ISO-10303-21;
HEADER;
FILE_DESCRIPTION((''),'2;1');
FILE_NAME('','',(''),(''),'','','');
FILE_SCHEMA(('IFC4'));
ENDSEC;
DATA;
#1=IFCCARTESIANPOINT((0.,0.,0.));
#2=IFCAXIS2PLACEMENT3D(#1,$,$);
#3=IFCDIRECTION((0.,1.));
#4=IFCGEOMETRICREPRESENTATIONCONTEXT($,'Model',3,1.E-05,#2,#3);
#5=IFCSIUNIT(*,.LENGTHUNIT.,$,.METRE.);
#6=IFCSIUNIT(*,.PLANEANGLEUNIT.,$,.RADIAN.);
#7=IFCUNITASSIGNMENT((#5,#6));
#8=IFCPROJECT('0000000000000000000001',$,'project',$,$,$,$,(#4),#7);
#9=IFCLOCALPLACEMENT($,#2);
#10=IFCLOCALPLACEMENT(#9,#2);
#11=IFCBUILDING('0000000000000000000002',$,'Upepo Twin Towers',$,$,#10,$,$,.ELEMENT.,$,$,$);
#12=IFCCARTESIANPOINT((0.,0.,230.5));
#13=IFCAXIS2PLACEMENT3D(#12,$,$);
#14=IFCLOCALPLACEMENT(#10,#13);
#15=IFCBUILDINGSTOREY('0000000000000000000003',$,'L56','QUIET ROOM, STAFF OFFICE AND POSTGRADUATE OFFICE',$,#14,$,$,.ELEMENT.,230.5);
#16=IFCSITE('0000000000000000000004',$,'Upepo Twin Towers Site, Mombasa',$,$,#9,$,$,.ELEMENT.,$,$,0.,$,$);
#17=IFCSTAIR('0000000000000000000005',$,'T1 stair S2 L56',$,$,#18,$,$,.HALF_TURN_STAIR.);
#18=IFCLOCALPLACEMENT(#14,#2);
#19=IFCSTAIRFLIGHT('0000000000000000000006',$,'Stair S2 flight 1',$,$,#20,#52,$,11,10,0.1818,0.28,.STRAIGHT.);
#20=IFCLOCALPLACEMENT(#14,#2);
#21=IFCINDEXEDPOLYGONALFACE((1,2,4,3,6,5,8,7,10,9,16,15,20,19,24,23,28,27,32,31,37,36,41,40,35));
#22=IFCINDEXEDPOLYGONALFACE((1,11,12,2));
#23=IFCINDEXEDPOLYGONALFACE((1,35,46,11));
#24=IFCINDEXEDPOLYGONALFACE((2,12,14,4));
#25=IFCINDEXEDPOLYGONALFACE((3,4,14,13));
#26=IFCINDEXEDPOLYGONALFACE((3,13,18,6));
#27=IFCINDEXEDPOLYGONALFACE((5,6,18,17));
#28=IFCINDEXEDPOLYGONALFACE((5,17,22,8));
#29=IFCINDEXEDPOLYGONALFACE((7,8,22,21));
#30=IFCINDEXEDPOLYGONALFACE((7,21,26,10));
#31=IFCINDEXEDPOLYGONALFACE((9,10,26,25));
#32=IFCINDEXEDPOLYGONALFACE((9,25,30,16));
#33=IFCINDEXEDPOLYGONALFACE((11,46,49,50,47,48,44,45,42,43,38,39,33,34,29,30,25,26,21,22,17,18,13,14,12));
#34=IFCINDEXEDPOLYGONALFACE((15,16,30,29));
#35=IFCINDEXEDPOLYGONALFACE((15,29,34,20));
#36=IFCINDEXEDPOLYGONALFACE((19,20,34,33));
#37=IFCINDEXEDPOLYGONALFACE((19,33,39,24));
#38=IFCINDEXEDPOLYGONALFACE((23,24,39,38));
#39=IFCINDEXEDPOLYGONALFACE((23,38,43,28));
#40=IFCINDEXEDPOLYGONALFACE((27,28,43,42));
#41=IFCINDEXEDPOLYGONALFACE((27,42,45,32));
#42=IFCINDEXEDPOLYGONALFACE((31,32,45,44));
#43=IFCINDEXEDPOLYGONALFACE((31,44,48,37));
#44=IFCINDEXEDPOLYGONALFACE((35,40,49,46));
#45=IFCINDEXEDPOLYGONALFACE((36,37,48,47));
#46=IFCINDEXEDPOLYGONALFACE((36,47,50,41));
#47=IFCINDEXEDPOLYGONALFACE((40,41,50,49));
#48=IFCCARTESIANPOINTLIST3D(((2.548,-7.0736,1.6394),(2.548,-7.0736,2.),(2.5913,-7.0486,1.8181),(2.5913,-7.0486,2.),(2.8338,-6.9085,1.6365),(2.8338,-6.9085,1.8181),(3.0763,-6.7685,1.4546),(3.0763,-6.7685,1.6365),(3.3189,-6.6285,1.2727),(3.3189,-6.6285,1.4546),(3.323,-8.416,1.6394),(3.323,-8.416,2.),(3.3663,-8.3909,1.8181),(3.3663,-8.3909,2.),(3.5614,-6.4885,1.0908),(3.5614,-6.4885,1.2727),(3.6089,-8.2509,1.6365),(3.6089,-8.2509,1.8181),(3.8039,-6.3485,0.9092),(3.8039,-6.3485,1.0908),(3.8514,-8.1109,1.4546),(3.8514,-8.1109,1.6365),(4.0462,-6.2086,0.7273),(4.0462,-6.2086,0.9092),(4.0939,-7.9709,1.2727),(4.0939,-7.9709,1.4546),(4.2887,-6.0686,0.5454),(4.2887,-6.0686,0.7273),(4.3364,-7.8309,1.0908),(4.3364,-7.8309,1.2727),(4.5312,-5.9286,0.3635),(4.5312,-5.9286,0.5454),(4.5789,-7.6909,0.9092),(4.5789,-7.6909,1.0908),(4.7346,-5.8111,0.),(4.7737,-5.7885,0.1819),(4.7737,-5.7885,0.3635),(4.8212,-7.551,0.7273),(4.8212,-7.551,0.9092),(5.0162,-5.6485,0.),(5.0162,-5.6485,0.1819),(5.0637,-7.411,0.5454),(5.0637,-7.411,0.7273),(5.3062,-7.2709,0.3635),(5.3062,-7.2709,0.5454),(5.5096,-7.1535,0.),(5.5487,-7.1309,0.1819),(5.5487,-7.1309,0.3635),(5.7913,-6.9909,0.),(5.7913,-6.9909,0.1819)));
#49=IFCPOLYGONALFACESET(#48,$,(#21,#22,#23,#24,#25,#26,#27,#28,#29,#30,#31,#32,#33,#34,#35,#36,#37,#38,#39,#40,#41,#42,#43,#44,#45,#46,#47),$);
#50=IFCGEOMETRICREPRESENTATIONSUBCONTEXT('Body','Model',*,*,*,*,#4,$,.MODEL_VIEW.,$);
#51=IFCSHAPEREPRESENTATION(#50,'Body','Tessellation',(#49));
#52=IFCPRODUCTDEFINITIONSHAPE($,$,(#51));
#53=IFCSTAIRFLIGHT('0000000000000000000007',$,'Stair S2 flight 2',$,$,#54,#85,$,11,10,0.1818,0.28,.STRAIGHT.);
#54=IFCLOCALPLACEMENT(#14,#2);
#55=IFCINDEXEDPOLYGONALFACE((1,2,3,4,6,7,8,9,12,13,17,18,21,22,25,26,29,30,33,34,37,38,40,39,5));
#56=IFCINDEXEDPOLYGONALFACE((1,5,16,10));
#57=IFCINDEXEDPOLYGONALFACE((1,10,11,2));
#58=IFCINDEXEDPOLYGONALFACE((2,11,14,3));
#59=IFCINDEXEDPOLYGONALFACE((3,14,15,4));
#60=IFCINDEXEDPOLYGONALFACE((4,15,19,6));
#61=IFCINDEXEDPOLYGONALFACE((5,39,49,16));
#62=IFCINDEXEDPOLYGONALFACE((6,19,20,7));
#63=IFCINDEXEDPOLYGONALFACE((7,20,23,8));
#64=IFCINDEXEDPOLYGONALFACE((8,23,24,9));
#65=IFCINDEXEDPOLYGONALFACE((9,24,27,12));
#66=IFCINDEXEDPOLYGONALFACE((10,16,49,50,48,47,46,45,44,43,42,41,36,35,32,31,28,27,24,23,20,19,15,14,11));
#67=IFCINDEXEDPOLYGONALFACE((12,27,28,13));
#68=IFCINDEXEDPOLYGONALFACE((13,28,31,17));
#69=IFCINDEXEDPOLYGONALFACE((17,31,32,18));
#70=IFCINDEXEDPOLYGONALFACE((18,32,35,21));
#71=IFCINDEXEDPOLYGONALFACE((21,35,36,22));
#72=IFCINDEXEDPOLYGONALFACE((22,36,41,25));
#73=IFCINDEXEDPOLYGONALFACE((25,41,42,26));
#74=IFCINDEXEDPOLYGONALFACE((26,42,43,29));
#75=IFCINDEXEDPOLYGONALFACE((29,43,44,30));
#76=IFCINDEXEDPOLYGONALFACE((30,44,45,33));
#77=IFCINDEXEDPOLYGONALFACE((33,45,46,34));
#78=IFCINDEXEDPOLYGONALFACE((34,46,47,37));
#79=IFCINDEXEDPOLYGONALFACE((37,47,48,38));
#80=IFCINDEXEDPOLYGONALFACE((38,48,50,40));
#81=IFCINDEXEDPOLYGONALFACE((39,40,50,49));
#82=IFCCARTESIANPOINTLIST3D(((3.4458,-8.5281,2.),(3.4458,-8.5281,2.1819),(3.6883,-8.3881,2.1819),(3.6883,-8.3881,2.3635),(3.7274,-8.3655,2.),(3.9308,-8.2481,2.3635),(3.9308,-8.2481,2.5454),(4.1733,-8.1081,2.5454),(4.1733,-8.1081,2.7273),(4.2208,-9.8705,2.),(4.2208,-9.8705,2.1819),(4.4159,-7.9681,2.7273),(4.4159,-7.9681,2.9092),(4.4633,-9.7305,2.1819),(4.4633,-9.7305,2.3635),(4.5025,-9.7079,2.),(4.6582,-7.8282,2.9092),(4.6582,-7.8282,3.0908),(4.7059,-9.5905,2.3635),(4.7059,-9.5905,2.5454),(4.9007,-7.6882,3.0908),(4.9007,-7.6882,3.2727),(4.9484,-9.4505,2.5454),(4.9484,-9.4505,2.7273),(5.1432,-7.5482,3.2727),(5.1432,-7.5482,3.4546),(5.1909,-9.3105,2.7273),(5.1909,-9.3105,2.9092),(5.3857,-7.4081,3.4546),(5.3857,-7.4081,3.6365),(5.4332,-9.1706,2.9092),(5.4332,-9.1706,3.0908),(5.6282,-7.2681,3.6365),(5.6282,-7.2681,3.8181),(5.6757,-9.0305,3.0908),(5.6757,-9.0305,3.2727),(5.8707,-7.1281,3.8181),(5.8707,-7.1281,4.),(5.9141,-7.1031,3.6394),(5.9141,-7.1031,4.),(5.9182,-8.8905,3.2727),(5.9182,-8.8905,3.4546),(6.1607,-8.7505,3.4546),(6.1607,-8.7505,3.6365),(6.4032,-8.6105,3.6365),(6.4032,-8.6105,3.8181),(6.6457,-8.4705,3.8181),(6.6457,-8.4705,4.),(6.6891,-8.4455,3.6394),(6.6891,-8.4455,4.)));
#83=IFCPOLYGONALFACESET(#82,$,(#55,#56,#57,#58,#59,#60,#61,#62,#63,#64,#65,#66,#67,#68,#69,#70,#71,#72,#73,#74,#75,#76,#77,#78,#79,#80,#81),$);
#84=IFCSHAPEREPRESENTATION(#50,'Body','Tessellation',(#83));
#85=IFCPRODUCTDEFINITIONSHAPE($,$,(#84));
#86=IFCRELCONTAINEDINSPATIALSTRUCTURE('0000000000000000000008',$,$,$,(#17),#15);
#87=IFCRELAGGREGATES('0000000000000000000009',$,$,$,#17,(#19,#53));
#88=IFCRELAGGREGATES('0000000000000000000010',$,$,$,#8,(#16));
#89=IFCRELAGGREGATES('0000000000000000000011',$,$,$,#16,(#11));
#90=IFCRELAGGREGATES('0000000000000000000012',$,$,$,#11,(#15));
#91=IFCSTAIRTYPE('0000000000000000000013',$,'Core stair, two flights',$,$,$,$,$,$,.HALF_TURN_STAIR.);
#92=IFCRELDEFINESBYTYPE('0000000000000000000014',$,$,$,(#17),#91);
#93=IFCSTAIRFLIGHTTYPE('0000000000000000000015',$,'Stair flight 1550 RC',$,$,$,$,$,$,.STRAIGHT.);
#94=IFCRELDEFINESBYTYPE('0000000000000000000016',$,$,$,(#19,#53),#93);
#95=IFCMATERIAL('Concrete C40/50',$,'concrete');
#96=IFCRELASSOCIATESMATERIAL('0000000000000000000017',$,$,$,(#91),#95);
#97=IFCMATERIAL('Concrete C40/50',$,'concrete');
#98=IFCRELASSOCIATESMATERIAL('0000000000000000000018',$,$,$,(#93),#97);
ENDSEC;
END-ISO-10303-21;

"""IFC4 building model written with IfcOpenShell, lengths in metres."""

from ifc_helpers import new_model, si_unit, direction, frame, origin, place, context, subcontext, project, spatial, polyline, outline, extrude, material, type_object, element, aggregate, save


model = new_model("IFC4")

# Units and contexts
model_context = context("Model", 3, precision=1e-05, world=origin(), true_north=direction((0.0, 1.0)))
body_context = subcontext(model_context, "Body", "Model", "MODEL_VIEW")
ifc_project = project(units=[si_unit("LENGTHUNIT", "METRE"), si_unit("PLANEANGLEUNIT", "RADIAN")], contexts=[model_context])

# Site, building, storey
site_placement = place(None, origin())
site = spatial("IfcSite", under=ifc_project, at=site_placement, Name="Upepo Twin Towers Site, Mombasa", CompositionType="ELEMENT", RefElevation=0.0)
building_placement = place(site_placement, origin())
building = spatial("IfcBuilding", under=site, at=building_placement, Name="Upepo Twin Towers", CompositionType="ELEMENT")
storey_placement = place(building_placement, frame((0.0, 0.0, 230.5)))
storey = spatial("IfcBuildingStorey", under=building, at=storey_placement, Name="L56", Description="QUIET ROOM, STAFF OFFICE AND POSTGRADUATE OFFICE", CompositionType="ELEMENT", Elevation=230.5)

# Stair
ifc_material_1 = material(Name="Concrete C40/50", Category="concrete")
stair_type = type_object("IfcStairType", Name="Core stair, two flights", PredefinedType="HALF_TURN_STAIR", material=ifc_material_1)
stair_1_placement = place(storey_placement, origin())
stair_1 = element("IfcStair", 1, at=stair_1_placement, inside=storey, type_object=stair_type, Name="T1 stair S2 L56", PredefinedType="HALF_TURN_STAIR")

# Stair flights
ifc_material_2 = material(Name="Concrete C40/50", Category="concrete")
stair_flight_type = type_object("IfcStairFlightType", Name="Stair flight 1550 RC", PredefinedType="STRAIGHT", material=ifc_material_2)
stair_flight_1_placement = place(storey_placement, frame((5.4038, -6.3198, 0.0), z_axis=(0.0, 0.0, 1.0), x_axis=(-0.866025, -0.5, 0.0)))
stair_flight_1 = element("IfcStairFlight", 2, at=stair_flight_1_placement, type_object=stair_flight_type, Name="Stair S2 flight 1", NumberOfRisers=11, NumberOfTreads=10, PredefinedType="STRAIGHT", RiserHeight=0.1818, TreadLength=0.28, context=body_context, shape_type="SweptSolid", body=[
    extrude(outline(polyline([(0.0, 0.0), (0.0, 0.1819), (0.28, 0.1819), (0.28, 0.3635), (0.5601, 0.3635), (0.5601, 0.5454), (0.8401, 0.5454), (0.8401, 0.7273), (1.1201, 0.7273), (1.1201, 0.9092), (1.3999, 0.9092), (1.3999, 1.0908), (1.6799, 1.0908), (1.6799, 1.2727), (1.96, 1.2727), (1.96, 1.4546), (2.24, 1.4546), (2.24, 1.6365), (2.52, 1.6365), (2.52, 1.8181), (2.8, 1.8181), (2.8, 2.0), (2.8501, 2.0), (2.8501, 1.6394), (0.3252, 0.0), (0.0, 0.0)])), frame((0.0, 0.7749, 0.0), z_axis=(0.0, -1.0, 0.0), x_axis=(1.0, 0.0, 0.0)), (0.0, 0.0, 1.0), 1.55),
])
stair_flight_2_placement = place(storey_placement, frame((3.8333, -9.1992, 2.0), z_axis=(0.0, 0.0, 1.0), x_axis=(0.866025, 0.5, 0.0)))
stair_flight_2 = element("IfcStairFlight", 3, at=stair_flight_2_placement, type_object=stair_flight_type, Name="Stair S2 flight 2", NumberOfRisers=11, NumberOfTreads=10, PredefinedType="STRAIGHT", RiserHeight=0.1818, TreadLength=0.28, context=body_context, shape_type="SweptSolid", body=[
    extrude(outline(polyline([(0.0, 0.0), (0.0, 0.1819), (0.28, 0.1819), (0.28, 0.3635), (0.5601, 0.3635), (0.5601, 0.5454), (0.8401, 0.5454), (0.8401, 0.7273), (1.1201, 0.7273), (1.1201, 0.9092), (1.3999, 0.9092), (1.3999, 1.0908), (1.6799, 1.0908), (1.6799, 1.2727), (1.96, 1.2727), (1.96, 1.4546), (2.24, 1.4546), (2.24, 1.6365), (2.52, 1.6365), (2.52, 1.8181), (2.8, 1.8181), (2.8, 2.0), (2.8501, 2.0), (2.8501, 1.6394), (0.3252, 0.0), (0.0, 0.0)])), frame((0.0, 0.7749, 0.0), z_axis=(0.0, -1.0, 0.0), x_axis=(1.0, 0.0, 0.0)), (0.0, 0.0, 1.0), 1.55),
])
aggregate(stair_1, [stair_flight_1, stair_flight_2])

save(model, "model.ifc")
